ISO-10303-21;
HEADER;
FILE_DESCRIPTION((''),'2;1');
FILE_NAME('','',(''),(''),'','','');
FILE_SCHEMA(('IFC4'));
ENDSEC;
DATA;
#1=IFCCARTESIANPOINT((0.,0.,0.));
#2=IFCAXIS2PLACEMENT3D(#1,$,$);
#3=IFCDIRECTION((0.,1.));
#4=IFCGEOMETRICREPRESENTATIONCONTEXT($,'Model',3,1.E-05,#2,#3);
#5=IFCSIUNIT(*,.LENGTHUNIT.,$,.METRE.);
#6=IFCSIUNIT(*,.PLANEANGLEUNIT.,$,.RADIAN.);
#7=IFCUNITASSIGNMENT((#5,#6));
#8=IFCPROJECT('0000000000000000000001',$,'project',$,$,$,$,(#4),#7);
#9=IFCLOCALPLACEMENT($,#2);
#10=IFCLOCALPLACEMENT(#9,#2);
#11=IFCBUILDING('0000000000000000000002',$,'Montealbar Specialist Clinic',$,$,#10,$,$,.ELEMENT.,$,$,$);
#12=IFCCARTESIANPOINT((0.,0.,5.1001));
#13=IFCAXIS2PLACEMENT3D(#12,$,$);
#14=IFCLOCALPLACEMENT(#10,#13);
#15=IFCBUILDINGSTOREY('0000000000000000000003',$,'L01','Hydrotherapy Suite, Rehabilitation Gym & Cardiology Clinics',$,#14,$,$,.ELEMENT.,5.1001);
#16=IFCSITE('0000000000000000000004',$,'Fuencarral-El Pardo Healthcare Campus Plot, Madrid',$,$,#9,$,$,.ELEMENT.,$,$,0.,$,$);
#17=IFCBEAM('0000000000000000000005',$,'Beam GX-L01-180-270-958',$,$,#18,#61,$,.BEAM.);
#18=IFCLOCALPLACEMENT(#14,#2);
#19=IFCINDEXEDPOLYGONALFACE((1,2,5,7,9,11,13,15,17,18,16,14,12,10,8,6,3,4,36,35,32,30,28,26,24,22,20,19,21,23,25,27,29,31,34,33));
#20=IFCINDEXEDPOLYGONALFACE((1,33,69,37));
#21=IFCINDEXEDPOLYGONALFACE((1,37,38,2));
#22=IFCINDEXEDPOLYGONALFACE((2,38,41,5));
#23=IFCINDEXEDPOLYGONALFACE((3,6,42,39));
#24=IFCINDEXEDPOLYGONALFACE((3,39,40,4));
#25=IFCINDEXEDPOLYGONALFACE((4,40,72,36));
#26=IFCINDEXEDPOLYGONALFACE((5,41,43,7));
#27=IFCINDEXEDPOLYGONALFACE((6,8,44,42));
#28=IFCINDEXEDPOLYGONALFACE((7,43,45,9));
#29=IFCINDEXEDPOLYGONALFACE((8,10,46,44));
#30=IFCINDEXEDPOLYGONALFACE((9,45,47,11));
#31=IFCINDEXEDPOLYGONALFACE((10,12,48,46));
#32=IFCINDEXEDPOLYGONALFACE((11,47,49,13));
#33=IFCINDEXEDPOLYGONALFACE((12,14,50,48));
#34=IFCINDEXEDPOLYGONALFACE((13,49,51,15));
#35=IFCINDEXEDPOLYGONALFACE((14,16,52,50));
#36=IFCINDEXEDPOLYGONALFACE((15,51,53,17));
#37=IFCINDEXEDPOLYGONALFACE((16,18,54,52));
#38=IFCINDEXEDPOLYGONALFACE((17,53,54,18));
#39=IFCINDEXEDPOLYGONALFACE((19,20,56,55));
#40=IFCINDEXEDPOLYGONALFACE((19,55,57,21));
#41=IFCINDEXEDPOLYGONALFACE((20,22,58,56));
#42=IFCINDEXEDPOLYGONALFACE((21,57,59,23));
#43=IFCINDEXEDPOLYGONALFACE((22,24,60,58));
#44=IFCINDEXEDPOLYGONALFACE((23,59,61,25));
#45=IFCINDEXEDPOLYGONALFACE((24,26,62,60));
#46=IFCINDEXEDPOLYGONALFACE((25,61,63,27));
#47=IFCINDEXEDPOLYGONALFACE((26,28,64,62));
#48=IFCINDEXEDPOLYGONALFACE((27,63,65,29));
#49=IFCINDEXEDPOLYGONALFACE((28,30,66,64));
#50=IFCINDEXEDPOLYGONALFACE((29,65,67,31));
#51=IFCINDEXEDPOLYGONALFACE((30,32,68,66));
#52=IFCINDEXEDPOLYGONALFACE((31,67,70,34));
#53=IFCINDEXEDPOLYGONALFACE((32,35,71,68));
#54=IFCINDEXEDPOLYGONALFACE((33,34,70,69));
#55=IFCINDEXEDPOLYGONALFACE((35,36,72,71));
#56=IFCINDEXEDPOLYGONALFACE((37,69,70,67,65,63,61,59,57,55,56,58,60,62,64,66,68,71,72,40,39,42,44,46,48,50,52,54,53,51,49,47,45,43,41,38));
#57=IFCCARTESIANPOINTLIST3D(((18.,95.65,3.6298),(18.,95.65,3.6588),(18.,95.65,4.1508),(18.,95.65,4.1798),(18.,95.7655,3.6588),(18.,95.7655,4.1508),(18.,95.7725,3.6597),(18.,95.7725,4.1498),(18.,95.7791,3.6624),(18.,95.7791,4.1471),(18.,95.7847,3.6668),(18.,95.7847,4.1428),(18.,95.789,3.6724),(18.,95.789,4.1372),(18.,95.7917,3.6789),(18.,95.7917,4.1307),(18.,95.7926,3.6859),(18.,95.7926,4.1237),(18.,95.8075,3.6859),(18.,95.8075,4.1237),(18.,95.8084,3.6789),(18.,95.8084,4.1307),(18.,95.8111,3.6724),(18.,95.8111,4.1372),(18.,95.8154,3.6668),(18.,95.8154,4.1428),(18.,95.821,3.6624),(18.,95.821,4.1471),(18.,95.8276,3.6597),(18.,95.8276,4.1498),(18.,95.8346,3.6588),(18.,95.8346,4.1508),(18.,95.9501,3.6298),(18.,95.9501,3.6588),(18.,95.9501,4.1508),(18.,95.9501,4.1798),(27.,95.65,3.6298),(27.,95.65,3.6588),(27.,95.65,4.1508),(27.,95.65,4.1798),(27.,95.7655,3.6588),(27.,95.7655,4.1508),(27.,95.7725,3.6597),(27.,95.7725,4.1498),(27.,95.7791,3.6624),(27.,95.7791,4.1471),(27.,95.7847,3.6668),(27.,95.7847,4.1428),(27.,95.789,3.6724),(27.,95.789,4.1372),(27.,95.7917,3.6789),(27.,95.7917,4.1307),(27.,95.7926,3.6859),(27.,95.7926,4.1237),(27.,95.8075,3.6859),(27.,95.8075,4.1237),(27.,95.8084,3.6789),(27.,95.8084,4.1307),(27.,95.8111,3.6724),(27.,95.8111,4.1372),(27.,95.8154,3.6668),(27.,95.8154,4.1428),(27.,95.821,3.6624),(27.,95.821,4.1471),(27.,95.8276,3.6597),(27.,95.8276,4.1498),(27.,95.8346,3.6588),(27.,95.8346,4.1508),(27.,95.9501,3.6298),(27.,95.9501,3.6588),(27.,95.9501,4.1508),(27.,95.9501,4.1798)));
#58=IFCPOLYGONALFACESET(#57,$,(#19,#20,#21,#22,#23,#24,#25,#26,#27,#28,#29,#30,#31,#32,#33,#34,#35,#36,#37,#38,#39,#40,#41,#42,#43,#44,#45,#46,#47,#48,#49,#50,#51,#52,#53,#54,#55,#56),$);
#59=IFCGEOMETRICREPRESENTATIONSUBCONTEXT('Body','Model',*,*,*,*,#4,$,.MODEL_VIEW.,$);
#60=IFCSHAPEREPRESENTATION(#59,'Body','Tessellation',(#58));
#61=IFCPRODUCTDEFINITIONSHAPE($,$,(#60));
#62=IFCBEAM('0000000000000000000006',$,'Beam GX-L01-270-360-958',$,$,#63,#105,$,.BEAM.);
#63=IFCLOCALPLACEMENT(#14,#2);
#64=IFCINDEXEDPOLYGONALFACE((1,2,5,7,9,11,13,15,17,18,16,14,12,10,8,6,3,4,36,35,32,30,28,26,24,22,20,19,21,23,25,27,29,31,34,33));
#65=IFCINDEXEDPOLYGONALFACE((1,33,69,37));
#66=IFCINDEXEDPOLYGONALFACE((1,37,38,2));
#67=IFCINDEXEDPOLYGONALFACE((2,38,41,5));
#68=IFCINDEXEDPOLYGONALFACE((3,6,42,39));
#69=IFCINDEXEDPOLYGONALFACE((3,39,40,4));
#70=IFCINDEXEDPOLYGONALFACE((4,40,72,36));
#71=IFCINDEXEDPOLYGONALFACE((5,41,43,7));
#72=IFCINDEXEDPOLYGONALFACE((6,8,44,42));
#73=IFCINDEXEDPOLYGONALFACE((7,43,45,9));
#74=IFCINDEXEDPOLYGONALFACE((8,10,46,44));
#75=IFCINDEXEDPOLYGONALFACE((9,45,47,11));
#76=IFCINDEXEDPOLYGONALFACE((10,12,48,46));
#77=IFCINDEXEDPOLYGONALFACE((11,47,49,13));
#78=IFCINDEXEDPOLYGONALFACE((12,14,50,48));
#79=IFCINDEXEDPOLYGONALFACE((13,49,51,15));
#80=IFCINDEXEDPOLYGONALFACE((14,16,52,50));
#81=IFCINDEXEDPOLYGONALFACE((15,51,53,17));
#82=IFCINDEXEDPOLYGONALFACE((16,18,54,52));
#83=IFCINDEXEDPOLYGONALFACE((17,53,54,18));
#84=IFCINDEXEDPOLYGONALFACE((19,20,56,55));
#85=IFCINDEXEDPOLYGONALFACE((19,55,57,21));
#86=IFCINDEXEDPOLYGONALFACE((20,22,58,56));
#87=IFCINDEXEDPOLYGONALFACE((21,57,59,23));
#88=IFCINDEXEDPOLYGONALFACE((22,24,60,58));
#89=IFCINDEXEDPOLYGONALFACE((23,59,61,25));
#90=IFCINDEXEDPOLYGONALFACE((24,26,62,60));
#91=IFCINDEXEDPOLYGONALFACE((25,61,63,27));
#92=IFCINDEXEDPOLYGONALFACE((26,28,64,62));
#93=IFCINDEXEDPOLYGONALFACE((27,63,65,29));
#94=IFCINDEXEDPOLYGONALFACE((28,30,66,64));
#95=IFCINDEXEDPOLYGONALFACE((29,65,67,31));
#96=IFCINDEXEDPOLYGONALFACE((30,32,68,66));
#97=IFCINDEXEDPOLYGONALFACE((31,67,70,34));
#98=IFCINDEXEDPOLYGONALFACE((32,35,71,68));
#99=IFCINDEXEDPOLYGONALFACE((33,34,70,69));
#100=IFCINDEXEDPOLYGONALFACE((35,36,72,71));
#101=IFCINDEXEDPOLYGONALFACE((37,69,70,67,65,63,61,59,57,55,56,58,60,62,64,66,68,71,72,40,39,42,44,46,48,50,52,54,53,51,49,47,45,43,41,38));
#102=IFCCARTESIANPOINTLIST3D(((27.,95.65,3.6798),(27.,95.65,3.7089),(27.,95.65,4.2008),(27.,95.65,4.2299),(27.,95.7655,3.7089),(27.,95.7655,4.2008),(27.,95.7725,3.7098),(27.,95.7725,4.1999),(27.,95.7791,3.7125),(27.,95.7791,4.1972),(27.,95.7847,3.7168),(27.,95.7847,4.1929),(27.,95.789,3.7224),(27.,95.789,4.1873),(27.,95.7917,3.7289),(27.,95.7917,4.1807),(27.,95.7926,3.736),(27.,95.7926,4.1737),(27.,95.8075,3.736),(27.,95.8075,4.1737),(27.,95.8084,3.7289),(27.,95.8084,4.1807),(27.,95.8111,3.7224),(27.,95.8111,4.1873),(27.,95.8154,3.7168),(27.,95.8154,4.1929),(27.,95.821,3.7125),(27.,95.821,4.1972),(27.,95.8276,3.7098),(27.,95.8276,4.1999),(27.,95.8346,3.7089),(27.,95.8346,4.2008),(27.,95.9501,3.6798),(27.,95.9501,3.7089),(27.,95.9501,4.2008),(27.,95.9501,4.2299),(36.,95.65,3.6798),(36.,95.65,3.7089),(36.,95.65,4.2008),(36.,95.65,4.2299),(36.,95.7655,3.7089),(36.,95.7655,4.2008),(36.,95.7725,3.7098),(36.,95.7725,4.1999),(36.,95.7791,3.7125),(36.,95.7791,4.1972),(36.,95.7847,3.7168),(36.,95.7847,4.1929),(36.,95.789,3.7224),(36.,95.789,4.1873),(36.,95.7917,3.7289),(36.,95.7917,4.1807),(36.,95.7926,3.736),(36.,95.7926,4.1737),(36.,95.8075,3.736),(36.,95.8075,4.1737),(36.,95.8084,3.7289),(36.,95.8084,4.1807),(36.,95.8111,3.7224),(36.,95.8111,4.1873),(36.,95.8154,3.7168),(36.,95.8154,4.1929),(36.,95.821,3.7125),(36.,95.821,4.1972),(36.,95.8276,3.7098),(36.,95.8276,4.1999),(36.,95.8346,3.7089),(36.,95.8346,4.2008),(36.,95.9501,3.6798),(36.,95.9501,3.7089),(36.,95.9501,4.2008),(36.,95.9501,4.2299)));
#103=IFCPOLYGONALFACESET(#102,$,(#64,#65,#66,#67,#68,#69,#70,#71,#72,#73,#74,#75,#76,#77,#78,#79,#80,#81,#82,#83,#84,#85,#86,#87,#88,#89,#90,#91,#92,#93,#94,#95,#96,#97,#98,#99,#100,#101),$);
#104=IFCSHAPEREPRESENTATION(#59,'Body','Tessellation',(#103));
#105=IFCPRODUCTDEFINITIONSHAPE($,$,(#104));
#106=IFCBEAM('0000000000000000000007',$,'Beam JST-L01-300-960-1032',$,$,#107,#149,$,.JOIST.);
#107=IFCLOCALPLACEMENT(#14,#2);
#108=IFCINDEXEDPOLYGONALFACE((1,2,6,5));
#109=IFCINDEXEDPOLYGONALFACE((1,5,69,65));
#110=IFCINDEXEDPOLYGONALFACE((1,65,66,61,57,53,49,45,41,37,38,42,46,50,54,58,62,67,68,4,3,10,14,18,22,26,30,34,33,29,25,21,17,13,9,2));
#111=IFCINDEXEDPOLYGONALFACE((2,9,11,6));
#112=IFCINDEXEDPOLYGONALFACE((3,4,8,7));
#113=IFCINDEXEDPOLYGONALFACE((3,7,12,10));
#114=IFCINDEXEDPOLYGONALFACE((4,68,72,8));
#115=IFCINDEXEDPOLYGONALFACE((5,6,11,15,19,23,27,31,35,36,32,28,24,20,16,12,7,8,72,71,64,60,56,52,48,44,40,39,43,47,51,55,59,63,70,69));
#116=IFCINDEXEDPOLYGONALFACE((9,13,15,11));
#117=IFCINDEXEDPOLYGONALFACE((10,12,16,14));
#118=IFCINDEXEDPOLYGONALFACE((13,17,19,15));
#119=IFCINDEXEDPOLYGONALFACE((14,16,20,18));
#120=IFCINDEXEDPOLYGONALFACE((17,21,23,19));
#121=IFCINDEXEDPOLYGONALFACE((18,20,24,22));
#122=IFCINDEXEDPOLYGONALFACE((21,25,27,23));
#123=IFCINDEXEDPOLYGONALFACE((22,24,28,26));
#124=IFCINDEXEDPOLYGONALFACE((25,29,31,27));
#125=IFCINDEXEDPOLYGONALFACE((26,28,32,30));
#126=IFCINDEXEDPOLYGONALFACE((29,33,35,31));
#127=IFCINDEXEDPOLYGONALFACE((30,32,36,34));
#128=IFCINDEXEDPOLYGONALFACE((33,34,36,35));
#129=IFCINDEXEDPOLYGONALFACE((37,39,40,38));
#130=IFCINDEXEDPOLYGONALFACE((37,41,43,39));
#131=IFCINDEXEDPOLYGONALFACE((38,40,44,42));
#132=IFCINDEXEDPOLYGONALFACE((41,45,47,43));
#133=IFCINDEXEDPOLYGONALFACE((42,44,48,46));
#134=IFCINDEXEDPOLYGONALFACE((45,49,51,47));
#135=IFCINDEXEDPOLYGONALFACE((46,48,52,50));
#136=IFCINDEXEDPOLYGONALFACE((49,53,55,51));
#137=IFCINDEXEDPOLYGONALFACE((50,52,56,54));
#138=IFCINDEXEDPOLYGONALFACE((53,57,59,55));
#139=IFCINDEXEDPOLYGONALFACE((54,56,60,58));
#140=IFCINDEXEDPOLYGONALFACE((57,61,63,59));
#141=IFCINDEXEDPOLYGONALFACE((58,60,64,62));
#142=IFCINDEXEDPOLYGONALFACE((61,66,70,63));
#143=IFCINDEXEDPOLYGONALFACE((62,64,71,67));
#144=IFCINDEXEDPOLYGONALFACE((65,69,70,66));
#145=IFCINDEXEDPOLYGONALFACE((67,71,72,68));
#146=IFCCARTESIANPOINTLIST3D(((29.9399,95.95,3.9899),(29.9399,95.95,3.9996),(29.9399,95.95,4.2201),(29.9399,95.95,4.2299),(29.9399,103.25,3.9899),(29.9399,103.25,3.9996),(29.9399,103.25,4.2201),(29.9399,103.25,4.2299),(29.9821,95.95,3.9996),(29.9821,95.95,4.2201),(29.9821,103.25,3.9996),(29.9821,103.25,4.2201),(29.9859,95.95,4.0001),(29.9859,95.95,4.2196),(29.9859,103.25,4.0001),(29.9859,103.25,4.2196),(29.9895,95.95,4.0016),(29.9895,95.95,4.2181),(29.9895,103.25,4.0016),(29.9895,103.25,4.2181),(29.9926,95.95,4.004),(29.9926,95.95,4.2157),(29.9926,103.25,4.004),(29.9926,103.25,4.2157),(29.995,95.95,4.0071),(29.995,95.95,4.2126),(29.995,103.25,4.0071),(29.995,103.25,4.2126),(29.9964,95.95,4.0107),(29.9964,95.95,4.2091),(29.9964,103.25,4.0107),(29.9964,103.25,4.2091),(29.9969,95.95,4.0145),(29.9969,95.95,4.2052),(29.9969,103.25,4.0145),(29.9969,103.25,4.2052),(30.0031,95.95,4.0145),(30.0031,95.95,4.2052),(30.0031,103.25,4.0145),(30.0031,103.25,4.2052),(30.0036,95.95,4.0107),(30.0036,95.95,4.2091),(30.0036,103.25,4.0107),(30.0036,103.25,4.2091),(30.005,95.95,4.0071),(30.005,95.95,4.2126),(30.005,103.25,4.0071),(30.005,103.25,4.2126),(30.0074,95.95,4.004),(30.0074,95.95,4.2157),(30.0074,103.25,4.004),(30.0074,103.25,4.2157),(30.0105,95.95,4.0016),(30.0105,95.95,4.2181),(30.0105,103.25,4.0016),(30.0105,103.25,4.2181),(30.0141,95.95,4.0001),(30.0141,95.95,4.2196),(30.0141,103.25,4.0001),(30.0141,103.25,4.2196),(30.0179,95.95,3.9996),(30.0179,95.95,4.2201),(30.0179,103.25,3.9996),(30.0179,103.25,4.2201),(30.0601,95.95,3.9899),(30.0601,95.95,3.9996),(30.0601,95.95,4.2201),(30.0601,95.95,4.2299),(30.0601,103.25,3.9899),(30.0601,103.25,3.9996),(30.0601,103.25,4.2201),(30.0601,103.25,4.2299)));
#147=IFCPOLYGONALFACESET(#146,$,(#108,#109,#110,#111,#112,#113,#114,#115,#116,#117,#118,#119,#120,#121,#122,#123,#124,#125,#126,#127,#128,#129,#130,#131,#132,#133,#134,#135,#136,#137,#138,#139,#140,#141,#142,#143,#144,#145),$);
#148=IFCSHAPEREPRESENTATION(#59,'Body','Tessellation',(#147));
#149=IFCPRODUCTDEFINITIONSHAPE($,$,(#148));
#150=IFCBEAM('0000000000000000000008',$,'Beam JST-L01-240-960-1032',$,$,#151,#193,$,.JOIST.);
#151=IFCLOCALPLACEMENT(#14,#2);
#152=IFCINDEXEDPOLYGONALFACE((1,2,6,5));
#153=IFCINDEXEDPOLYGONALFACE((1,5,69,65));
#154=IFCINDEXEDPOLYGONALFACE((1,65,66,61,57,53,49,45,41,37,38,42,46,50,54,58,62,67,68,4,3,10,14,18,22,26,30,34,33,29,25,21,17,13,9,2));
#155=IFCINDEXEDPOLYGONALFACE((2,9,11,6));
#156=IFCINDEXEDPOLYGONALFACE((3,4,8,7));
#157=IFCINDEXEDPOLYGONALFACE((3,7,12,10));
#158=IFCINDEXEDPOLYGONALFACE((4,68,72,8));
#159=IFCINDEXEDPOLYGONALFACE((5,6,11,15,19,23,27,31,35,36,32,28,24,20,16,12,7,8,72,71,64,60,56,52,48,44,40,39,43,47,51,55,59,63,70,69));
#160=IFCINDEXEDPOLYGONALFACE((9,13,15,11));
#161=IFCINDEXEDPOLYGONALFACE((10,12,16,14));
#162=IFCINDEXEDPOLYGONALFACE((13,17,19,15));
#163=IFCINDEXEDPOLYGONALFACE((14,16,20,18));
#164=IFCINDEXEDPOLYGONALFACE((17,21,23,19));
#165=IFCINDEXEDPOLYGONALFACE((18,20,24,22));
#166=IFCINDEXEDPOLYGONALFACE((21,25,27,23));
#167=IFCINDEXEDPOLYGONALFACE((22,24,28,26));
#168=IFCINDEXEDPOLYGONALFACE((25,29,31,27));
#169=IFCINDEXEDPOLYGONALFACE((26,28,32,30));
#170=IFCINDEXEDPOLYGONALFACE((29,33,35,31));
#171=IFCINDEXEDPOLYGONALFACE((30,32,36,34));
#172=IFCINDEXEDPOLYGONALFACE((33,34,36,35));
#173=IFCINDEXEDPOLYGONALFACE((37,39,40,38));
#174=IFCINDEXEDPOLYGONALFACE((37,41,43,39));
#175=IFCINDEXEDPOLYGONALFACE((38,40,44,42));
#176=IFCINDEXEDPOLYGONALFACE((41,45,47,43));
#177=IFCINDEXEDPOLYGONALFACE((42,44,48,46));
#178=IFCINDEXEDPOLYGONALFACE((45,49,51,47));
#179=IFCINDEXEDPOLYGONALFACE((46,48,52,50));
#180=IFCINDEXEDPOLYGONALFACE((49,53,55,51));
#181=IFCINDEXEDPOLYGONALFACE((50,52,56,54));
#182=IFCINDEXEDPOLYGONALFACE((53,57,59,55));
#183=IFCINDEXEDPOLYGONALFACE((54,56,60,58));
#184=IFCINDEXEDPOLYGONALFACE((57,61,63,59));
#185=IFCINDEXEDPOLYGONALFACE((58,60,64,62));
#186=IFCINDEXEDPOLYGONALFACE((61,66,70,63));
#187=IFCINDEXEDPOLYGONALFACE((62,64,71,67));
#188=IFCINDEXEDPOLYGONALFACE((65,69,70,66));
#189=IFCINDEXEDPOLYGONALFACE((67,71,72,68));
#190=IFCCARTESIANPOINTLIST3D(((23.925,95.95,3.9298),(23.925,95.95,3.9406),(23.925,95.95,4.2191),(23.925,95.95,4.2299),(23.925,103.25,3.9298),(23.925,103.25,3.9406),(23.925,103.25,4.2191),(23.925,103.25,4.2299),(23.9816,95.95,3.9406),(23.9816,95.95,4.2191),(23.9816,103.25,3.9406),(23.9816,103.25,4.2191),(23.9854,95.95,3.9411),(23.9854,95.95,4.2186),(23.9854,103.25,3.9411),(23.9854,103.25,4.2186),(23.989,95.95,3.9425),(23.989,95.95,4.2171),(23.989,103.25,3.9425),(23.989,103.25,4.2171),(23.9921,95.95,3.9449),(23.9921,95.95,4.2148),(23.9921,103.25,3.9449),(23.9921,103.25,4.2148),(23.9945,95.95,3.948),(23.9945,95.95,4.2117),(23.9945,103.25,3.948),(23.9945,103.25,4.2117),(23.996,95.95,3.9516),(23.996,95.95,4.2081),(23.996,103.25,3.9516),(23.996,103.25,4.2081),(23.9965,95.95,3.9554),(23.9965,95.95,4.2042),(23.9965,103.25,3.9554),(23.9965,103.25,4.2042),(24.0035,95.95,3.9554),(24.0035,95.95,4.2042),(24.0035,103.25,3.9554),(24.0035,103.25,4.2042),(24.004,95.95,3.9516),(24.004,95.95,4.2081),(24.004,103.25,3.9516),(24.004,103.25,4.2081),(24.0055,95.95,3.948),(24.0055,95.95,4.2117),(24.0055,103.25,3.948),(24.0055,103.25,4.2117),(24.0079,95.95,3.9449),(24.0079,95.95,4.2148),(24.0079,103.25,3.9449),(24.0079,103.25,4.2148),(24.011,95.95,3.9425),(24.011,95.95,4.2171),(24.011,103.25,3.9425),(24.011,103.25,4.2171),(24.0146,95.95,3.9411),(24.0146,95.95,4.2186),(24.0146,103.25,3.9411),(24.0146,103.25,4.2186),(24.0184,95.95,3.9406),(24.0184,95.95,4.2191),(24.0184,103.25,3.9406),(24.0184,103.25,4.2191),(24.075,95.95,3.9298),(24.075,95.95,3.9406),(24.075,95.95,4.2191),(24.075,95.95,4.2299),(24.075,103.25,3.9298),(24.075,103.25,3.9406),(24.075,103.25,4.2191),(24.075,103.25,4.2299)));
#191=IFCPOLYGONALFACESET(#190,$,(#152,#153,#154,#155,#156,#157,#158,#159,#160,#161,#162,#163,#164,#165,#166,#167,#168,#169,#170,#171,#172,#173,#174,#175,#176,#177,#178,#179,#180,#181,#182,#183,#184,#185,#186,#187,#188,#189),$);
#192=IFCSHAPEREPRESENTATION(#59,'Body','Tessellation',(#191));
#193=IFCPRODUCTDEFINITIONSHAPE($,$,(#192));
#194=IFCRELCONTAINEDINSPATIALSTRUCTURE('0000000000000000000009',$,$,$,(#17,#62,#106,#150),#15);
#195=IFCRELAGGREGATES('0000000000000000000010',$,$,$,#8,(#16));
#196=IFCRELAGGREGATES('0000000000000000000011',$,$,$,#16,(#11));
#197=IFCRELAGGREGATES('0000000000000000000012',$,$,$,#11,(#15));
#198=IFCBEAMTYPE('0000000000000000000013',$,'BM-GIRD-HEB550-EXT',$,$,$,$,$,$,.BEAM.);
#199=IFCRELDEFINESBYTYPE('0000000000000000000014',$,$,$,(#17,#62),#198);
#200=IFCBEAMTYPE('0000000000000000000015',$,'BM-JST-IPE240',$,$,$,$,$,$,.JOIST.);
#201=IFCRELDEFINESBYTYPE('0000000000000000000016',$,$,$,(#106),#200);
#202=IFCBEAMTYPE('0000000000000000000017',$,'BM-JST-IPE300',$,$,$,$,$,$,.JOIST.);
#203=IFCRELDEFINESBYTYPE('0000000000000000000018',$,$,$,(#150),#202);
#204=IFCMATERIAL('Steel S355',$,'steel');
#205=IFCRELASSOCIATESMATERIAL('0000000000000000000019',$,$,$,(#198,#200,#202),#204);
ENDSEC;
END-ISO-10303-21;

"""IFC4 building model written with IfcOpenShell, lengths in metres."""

from ifc_helpers import new_model, si_unit, direction, frame, origin, origin_2d, place, context, subcontext, project, spatial, i_section, extrude, material, material_profile, profile_set, type_object, element, save


model = new_model("IFC4")

# Units and contexts
model_context = context("Model", 3, precision=1e-05, world=origin(), true_north=direction((0.0, 1.0)))
body_context = subcontext(model_context, "Body", "Model", "MODEL_VIEW")
ifc_project = project(units=[si_unit("LENGTHUNIT", "METRE"), si_unit("PLANEANGLEUNIT", "RADIAN")], contexts=[model_context])

# Site, building, storey
site_placement = place(None, origin())
site = spatial("IfcSite", under=ifc_project, at=site_placement, Name="Fuencarral-El Pardo Healthcare Campus Plot, Madrid", CompositionType="ELEMENT", RefElevation=0.0)
building_placement = place(site_placement, origin())
building = spatial("IfcBuilding", under=site, at=building_placement, Name="Montealbar Specialist Clinic", CompositionType="ELEMENT")
storey_placement = place(building_placement, frame((0.0, 0.0, 5.1001)))
storey = spatial("IfcBuildingStorey", under=building, at=storey_placement, Name="L01", Description="Hydrotherapy Suite, Rehabilitation Gym & Cardiology Clinics", CompositionType="ELEMENT", Elevation=5.1001)

# Beams
ifc_material_1 = material(Name="Steel S355", Category="steel")
ifc_material_profile_1 = material_profile(ifc_material_1, i_section(OverallWidth=0.3, OverallDepth=0.55, WebThickness=0.0149, FlangeThickness=0.0291, FilletRadius=0.0271, at=origin_2d()), Name="HEB 550", Category="steel")
ifc_profile_set_1 = profile_set([ifc_material_profile_1], Name="Steel S355")
beam_type_1 = type_object("IfcBeamType", Name="BM-GIRD-HEB550-EXT", PredefinedType="BEAM", material=ifc_profile_set_1)
for number, where, z_axis, x_axis, name in (
    (1, (18.0, 95.8, 3.9048), (1.0, 0.0, 0.0), (0.0, 1.0, 0.0), "Beam GX-L01-180-270-958"),
    (2, (27.0, 95.8, 3.9548), (1.0, 0.0, 0.0), (0.0, 1.0, 0.0), "Beam GX-L01-270-360-958"),
):
    element("IfcBeam", number, at=place(storey_placement, frame(where, z_axis=z_axis, x_axis=x_axis)), inside=storey, type_object=beam_type_1, Name=name, PredefinedType="BEAM", context=body_context, shape_type="SweptSolid", body=[
        extrude(i_section(OverallWidth=0.3, OverallDepth=0.55, WebThickness=0.0149, FlangeThickness=0.0291, FilletRadius=0.0271, at=origin_2d()), origin(), (0.0, 0.0, 1.0), 9.0),
    ])
ifc_material_profile_2 = material_profile(ifc_material_1, i_section(OverallWidth=0.1201, OverallDepth=0.24, WebThickness=0.0061, FlangeThickness=0.0098, FilletRadius=0.0149, at=origin_2d()), Name="IPE 240", Category="steel")
ifc_profile_set_2 = profile_set([ifc_material_profile_2], Name="Steel S355")
beam_type_2 = type_object("IfcBeamType", Name="BM-JST-IPE240", PredefinedType="JOIST", material=ifc_profile_set_2)
beam_1_placement = place(storey_placement, frame((30.0, 95.95, 4.1099), z_axis=(0.0, 1.0, 0.0), x_axis=(-1.0, 0.0, 0.0)))
element("IfcBeam", 3, at=beam_1_placement, inside=storey, type_object=beam_type_2, Name="Beam JST-L01-300-960-1032", PredefinedType="JOIST", context=body_context, shape_type="SweptSolid", body=[
    extrude(i_section(OverallWidth=0.1201, OverallDepth=0.24, WebThickness=0.0061, FlangeThickness=0.0098, FilletRadius=0.0149, at=origin_2d()), origin(), (0.0, 0.0, 1.0), 7.3),
])
ifc_material_profile_3 = material_profile(ifc_material_1, i_section(OverallWidth=0.1499, OverallDepth=0.3, WebThickness=0.0071, FlangeThickness=0.0107, FilletRadius=0.0149, at=origin_2d()), Name="IPE 300", Category="steel")
ifc_profile_set_3 = profile_set([ifc_material_profile_3], Name="Steel S355")
beam_type_3 = type_object("IfcBeamType", Name="BM-JST-IPE300", PredefinedType="JOIST", material=ifc_profile_set_3)
beam_2_placement = place(storey_placement, frame((24.0, 95.95, 4.0798), z_axis=(0.0, 1.0, 0.0), x_axis=(-1.0, 0.0, 0.0)))
element("IfcBeam", 4, at=beam_2_placement, inside=storey, type_object=beam_type_3, Name="Beam JST-L01-240-960-1032", PredefinedType="JOIST", context=body_context, shape_type="SweptSolid", body=[
    extrude(i_section(OverallWidth=0.1499, OverallDepth=0.3, WebThickness=0.0071, FlangeThickness=0.0107, FilletRadius=0.0149, at=origin_2d()), origin(), (0.0, 0.0, 1.0), 7.3),
])

save(model, "model.ifc")
